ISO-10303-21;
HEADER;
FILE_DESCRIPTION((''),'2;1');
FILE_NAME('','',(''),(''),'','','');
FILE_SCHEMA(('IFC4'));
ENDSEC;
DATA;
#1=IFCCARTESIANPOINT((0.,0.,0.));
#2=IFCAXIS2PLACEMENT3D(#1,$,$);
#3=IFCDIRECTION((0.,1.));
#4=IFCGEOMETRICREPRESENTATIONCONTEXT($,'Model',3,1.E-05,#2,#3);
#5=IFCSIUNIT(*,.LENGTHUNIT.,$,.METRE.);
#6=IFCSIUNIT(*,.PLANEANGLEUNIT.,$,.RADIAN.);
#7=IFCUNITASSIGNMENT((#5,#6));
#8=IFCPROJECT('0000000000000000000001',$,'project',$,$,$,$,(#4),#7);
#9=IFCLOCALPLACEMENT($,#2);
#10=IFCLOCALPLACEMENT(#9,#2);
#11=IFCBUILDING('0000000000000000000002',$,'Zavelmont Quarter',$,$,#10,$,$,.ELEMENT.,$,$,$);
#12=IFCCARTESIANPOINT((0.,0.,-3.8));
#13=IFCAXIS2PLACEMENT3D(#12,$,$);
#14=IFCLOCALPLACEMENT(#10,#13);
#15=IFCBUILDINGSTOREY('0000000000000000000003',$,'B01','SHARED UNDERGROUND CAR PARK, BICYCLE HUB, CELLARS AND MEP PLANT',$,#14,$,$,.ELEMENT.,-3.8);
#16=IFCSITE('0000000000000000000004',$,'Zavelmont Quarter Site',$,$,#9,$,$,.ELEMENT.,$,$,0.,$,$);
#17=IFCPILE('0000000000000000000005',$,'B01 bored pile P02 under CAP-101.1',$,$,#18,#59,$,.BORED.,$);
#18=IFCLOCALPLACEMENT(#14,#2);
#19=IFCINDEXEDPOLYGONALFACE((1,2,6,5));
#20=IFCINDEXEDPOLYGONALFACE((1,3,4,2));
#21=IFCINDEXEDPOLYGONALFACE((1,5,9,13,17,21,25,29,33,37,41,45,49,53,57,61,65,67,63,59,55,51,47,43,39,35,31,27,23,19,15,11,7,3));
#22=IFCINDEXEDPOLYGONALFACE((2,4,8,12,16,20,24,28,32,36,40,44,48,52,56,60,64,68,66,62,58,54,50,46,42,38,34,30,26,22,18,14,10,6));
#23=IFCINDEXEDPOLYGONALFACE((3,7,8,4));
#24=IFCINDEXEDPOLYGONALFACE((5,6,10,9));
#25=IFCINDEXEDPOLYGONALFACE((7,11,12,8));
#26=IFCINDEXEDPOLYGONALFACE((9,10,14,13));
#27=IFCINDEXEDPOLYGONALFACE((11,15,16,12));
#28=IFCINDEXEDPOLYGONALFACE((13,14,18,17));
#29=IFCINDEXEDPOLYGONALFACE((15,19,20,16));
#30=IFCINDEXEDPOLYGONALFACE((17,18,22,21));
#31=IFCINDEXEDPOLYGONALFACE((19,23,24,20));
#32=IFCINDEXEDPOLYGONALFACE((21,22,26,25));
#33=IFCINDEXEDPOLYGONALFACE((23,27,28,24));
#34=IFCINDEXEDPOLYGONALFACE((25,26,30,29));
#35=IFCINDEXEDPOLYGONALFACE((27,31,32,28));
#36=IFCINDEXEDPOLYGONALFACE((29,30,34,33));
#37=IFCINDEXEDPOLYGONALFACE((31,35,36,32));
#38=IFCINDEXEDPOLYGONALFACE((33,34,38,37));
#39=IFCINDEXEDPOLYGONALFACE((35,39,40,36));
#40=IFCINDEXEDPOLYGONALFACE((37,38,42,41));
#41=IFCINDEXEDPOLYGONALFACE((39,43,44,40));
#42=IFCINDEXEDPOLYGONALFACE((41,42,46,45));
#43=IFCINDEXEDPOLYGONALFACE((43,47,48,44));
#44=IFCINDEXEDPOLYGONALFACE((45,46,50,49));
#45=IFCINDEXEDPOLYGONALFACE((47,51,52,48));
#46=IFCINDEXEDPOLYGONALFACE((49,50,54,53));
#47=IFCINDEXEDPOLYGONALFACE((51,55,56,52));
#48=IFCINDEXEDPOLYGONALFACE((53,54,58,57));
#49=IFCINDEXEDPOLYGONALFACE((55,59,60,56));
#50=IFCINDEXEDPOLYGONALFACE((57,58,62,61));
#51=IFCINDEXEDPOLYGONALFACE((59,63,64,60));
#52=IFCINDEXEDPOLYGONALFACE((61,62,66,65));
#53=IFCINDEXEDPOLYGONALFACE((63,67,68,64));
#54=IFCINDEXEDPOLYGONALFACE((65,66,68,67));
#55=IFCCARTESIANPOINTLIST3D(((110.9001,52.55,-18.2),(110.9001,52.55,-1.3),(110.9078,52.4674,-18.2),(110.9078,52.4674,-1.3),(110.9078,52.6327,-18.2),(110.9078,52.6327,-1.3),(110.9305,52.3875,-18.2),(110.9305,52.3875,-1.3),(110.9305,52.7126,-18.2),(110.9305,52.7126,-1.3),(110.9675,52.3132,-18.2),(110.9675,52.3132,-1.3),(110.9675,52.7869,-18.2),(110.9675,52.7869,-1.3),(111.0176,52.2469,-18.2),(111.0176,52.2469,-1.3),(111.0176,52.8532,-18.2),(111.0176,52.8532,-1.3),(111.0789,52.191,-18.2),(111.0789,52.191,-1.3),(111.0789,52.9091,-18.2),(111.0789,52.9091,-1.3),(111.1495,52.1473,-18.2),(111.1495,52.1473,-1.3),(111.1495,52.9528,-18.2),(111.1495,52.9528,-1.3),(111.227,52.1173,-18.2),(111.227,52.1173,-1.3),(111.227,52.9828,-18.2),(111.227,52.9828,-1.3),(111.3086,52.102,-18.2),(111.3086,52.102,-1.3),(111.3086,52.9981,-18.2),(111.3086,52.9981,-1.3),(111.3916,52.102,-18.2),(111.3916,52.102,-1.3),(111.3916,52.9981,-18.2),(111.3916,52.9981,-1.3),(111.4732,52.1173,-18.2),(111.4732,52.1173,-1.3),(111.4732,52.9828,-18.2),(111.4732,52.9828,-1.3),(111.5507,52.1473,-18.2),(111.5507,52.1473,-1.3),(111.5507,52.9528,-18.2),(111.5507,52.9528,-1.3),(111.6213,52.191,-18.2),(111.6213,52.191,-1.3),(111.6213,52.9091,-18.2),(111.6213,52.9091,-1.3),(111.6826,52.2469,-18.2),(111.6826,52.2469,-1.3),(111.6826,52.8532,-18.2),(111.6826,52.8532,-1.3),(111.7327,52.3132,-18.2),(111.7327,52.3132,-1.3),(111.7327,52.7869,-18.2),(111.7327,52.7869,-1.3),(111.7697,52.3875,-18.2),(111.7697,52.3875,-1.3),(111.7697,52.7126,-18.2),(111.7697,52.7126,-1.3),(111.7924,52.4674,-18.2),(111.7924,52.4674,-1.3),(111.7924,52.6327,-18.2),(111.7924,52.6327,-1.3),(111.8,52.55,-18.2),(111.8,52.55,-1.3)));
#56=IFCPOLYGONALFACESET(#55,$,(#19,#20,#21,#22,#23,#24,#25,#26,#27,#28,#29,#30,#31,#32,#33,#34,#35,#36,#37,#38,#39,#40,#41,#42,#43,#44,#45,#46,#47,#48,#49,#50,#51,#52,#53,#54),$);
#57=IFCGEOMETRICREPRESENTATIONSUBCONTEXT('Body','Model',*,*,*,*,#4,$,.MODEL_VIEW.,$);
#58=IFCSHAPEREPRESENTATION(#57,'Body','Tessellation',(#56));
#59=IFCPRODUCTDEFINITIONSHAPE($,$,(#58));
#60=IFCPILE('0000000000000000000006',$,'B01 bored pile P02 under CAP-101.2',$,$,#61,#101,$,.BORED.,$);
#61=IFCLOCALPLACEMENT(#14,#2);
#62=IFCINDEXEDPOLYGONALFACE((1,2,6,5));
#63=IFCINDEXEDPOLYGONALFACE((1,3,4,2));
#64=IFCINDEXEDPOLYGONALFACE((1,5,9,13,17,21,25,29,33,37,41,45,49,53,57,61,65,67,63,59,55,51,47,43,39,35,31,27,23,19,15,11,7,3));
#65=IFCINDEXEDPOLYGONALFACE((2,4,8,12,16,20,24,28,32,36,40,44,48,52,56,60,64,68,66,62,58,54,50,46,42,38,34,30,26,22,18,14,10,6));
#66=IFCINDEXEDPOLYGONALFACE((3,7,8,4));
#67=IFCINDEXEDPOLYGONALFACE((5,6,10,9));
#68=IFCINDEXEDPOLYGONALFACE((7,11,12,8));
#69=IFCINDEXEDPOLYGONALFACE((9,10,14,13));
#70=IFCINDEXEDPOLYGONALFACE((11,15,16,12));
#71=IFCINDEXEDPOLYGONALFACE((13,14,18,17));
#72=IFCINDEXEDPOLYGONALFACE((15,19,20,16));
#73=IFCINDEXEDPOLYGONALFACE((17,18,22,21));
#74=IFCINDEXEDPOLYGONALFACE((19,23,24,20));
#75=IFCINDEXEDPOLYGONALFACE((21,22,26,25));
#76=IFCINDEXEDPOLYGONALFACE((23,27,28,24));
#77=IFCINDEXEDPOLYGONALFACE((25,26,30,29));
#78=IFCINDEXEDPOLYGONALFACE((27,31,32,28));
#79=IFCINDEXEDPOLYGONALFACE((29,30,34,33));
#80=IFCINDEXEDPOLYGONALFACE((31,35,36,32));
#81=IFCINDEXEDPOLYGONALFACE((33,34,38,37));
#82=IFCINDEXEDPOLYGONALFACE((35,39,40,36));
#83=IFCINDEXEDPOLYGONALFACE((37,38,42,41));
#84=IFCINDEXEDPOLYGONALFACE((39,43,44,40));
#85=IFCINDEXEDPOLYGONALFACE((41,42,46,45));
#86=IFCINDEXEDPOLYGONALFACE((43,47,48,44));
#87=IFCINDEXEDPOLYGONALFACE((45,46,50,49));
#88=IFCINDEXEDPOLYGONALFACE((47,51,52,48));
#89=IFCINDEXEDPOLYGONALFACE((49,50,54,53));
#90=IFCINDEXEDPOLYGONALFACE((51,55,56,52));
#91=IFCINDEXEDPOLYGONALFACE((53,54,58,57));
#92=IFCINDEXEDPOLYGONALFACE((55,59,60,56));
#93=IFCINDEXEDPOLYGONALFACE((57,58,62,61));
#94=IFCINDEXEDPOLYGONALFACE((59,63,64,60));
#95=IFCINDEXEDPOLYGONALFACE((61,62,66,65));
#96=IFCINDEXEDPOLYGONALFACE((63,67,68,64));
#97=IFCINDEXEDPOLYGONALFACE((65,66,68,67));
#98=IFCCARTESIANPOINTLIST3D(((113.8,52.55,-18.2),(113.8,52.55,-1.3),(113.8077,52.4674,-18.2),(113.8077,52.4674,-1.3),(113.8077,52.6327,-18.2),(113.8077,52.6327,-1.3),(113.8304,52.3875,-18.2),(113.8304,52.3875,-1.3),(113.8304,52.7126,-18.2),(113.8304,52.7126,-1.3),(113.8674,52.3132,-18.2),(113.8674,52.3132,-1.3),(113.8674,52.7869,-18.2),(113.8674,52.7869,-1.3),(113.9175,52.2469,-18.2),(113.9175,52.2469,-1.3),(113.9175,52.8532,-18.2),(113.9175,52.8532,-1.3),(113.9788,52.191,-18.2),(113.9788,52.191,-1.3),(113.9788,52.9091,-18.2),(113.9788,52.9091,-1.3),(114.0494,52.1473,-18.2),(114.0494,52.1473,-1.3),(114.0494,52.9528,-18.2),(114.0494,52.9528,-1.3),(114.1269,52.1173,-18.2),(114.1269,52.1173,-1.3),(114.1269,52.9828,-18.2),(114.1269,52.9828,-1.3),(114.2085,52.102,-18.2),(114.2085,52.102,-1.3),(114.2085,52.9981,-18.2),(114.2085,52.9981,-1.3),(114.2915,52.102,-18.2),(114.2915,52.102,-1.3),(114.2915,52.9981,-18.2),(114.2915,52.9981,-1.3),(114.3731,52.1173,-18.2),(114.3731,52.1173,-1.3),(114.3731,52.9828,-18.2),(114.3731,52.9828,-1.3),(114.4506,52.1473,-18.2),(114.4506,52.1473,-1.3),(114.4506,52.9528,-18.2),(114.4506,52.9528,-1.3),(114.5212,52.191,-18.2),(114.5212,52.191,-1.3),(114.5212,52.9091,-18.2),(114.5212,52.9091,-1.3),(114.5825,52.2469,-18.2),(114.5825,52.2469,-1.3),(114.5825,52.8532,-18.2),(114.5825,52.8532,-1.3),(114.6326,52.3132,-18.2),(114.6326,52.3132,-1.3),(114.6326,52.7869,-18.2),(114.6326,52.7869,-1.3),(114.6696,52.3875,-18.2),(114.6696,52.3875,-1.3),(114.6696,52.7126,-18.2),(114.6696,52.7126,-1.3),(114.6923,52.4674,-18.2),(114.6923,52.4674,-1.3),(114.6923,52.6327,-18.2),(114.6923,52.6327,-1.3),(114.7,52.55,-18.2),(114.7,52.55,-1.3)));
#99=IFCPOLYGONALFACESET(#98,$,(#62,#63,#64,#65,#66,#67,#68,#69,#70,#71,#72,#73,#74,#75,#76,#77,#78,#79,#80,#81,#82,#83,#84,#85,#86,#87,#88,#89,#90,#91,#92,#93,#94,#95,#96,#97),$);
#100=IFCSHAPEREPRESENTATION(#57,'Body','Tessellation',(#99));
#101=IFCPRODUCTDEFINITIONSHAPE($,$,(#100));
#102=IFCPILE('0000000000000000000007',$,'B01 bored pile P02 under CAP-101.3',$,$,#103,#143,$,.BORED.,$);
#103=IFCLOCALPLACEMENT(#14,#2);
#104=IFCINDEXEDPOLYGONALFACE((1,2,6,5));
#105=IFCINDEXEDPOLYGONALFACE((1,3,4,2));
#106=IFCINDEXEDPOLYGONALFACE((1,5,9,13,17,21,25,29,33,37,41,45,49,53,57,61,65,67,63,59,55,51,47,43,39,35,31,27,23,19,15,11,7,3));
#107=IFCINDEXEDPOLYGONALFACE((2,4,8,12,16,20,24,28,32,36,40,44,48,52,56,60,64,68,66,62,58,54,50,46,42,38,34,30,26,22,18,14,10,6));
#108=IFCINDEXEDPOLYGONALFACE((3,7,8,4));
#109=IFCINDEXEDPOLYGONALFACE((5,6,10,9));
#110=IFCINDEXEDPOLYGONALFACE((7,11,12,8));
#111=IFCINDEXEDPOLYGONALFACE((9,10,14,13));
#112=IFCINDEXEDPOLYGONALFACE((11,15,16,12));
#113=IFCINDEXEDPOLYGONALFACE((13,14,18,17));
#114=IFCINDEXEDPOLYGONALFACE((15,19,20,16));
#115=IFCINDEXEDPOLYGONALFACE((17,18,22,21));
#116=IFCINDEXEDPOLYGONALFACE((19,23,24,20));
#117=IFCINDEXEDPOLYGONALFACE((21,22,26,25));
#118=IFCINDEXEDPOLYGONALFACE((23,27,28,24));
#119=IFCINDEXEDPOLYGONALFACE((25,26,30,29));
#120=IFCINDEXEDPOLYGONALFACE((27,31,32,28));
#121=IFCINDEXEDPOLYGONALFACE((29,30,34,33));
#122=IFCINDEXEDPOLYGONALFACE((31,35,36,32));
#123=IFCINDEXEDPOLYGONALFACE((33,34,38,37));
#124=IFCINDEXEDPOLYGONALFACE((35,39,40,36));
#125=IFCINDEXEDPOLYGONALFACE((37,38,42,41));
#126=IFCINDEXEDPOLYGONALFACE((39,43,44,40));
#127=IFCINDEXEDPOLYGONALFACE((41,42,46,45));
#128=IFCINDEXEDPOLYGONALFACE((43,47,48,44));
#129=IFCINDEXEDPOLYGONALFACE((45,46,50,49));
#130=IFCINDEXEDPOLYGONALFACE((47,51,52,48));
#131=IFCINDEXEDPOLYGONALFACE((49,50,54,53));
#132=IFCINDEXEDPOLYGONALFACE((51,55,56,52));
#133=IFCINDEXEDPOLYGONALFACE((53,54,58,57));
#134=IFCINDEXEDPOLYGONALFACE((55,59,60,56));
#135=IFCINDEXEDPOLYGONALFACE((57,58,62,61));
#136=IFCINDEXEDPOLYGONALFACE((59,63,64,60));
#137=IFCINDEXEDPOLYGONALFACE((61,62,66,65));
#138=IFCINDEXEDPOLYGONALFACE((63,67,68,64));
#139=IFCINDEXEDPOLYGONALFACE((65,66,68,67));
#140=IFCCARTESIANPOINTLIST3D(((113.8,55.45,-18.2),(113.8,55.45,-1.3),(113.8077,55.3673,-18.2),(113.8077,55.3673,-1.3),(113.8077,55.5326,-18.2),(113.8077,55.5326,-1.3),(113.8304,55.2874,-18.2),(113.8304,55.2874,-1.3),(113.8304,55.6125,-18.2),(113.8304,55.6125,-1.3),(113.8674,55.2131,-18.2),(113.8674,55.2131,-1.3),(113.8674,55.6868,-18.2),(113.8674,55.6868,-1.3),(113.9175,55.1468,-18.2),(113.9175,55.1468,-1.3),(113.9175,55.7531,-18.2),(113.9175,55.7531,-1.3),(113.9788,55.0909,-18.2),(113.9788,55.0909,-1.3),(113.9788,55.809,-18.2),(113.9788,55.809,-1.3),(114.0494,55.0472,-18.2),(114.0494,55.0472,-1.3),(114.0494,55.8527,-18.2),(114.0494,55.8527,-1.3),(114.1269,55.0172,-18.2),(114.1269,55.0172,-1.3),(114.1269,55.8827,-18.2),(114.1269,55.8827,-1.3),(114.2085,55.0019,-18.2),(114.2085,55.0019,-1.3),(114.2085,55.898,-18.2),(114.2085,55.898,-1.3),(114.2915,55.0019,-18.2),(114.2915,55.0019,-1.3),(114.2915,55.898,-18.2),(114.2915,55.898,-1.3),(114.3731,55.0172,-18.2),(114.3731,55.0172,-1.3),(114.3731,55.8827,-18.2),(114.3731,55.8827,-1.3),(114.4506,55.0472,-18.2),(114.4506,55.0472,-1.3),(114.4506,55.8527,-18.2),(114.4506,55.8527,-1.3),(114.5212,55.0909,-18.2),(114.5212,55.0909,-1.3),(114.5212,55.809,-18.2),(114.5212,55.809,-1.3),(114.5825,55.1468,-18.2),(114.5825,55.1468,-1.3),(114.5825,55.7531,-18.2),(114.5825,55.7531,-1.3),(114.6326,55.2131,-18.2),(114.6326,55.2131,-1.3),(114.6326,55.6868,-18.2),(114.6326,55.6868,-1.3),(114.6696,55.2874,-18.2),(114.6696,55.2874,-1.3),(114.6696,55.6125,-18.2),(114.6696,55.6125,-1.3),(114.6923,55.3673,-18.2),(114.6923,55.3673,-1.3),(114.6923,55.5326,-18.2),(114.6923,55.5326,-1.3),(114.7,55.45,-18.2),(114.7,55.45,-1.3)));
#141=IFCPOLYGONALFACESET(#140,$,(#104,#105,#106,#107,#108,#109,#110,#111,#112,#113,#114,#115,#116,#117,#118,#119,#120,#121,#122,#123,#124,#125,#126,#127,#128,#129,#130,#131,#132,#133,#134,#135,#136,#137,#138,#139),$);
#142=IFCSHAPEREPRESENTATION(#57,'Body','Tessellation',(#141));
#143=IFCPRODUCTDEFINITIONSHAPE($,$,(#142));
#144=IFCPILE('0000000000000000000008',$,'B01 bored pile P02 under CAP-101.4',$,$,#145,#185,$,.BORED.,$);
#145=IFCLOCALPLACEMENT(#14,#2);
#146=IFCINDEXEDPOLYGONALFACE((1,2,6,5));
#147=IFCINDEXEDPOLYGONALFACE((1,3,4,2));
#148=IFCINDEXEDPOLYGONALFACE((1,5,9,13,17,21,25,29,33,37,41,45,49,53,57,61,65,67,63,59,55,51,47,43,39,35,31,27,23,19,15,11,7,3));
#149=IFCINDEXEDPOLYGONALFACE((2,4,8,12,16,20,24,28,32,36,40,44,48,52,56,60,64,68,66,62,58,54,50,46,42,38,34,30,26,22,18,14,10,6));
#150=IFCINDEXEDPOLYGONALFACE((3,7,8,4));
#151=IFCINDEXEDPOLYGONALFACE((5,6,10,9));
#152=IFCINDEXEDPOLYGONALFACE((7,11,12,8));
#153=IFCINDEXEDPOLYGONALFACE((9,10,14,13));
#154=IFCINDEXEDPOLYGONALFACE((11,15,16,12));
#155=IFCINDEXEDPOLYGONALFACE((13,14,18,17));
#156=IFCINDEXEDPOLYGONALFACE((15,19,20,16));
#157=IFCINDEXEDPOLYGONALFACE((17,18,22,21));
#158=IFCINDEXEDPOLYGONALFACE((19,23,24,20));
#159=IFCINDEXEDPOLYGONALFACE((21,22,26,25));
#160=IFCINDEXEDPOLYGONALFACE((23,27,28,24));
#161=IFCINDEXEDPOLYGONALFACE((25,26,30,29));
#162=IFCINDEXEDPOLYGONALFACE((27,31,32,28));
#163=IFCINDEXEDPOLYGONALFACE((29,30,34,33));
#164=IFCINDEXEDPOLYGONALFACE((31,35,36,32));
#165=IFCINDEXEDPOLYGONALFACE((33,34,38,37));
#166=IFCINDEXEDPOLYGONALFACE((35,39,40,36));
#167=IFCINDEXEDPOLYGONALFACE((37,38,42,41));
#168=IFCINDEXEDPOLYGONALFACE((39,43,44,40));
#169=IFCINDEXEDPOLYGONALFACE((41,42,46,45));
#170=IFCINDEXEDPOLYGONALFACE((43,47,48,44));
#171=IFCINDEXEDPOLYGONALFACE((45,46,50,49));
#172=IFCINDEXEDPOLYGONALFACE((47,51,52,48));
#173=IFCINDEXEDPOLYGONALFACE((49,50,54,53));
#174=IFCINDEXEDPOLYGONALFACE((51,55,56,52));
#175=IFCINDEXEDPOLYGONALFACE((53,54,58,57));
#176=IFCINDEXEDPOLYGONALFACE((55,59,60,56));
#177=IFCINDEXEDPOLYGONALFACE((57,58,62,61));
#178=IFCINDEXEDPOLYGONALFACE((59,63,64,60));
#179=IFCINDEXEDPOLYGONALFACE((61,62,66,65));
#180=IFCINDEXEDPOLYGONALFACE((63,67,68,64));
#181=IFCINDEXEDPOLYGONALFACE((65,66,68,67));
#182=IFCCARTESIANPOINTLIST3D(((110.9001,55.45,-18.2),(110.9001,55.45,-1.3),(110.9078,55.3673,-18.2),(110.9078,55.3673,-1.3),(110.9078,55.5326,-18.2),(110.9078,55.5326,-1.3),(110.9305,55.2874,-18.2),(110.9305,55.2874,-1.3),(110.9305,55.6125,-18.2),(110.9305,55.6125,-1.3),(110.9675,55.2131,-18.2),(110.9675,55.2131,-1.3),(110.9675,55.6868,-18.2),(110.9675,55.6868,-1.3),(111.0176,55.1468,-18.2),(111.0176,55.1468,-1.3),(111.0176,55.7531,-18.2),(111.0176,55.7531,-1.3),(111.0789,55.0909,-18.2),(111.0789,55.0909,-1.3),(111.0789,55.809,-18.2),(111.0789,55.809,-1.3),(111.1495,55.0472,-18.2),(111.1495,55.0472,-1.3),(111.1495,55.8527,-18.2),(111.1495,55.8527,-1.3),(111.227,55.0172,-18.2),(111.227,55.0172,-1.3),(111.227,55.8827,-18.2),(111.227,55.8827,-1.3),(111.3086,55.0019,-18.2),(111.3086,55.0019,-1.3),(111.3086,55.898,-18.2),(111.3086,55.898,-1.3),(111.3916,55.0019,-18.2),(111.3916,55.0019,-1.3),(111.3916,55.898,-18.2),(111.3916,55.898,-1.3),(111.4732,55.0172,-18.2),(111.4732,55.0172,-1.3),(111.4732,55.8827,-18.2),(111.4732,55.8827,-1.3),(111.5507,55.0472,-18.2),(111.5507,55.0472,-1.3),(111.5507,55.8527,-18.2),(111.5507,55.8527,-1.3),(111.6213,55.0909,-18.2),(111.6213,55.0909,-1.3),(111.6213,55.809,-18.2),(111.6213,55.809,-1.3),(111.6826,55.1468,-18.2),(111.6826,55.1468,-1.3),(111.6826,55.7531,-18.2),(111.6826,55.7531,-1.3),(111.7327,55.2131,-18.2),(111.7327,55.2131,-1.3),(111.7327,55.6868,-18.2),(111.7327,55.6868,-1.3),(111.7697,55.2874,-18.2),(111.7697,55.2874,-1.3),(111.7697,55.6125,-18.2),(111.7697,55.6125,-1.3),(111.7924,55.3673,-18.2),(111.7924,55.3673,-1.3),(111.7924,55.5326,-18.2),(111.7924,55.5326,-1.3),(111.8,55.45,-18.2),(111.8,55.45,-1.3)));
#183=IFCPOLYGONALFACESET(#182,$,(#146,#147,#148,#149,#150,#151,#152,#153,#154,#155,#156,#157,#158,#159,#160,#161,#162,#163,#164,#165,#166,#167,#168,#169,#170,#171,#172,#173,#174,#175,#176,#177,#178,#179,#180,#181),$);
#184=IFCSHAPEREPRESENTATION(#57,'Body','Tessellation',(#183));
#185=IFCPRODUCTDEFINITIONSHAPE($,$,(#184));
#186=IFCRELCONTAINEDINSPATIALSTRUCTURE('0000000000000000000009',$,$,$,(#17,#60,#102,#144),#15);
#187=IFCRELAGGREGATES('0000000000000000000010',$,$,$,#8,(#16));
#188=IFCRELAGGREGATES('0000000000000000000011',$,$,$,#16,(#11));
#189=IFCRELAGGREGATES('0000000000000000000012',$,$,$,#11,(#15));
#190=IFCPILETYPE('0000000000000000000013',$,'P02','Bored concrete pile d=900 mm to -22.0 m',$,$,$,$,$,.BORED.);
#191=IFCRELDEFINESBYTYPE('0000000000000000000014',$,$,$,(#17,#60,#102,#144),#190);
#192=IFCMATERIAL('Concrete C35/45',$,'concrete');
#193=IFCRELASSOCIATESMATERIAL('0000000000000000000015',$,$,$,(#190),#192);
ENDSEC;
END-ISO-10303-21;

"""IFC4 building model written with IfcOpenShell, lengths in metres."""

from ifc_helpers import new_model, si_unit, direction, frame, origin, origin_2d, place, context, subcontext, project, spatial, circle, extrude, material, material_profile, profile_set, type_object, element, save


model = new_model("IFC4")

# Units and contexts
model_context = context("Model", 3, precision=1e-05, world=origin(), true_north=direction((0.0, 1.0)))
body_context = subcontext(model_context, "Body", "Model", "MODEL_VIEW")
ifc_project = project(units=[si_unit("LENGTHUNIT", "METRE"), si_unit("PLANEANGLEUNIT", "RADIAN")], contexts=[model_context])

# Site, building, storey
site_placement = place(None, origin())
site = spatial("IfcSite", under=ifc_project, at=site_placement, Name="Zavelmont Quarter Site", CompositionType="ELEMENT", RefElevation=0.0)
building_placement = place(site_placement, origin())
building = spatial("IfcBuilding", under=site, at=building_placement, Name="Zavelmont Quarter", CompositionType="ELEMENT")
storey_placement = place(building_placement, frame((0.0, 0.0, -3.8)))
storey = spatial("IfcBuildingStorey", under=building, at=storey_placement, Name="B01", Description="SHARED UNDERGROUND CAR PARK, BICYCLE HUB, CELLARS AND MEP PLANT", CompositionType="ELEMENT", Elevation=-3.8)

# Shared definitions
ifc_material_1 = material(Name="Concrete C35/45", Category="concrete")

# Piles
ifc_material_profile_1 = material_profile(ifc_material_1, circle(Radius=0.45, at=origin_2d()), Name="BP900")
ifc_profile_set_1 = profile_set([ifc_material_profile_1], Name="Concrete C35/45")
pile_type_1 = type_object("IfcPileType", Name="P02", Description="Bored concrete pile d=900 mm to -22.0 m", PredefinedType="BORED", material=ifc_profile_set_1)
for number, where, z_axis, x_axis, name in (
    (1, (111.3501, 52.55, -1.3), (0.0, 0.0, -1.0), (1.0, 0.0, 0.0), "B01 bored pile P02 under CAP-101.1"),
    (2, (114.25, 52.55, -1.3), (0.0, 0.0, -1.0), (1.0, 0.0, 0.0), "B01 bored pile P02 under CAP-101.2"),
    (3, (114.25, 55.45, -1.3), (0.0, 0.0, -1.0), (1.0, 0.0, 0.0), "B01 bored pile P02 under CAP-101.3"),
    (4, (111.3501, 55.45, -1.3), (0.0, 0.0, -1.0), (1.0, 0.0, 0.0), "B01 bored pile P02 under CAP-101.4"),
):
    element("IfcPile", number, at=place(storey_placement, frame(where, z_axis=z_axis, x_axis=x_axis)), inside=storey, type_object=pile_type_1, Name=name, PredefinedType="BORED", context=body_context, shape_type="SweptSolid", body=[
        extrude(circle(Radius=0.45, at=origin_2d()), origin(), (0.0, 0.0, 1.0), 16.8999),
    ])

save(model, "model.ifc")
